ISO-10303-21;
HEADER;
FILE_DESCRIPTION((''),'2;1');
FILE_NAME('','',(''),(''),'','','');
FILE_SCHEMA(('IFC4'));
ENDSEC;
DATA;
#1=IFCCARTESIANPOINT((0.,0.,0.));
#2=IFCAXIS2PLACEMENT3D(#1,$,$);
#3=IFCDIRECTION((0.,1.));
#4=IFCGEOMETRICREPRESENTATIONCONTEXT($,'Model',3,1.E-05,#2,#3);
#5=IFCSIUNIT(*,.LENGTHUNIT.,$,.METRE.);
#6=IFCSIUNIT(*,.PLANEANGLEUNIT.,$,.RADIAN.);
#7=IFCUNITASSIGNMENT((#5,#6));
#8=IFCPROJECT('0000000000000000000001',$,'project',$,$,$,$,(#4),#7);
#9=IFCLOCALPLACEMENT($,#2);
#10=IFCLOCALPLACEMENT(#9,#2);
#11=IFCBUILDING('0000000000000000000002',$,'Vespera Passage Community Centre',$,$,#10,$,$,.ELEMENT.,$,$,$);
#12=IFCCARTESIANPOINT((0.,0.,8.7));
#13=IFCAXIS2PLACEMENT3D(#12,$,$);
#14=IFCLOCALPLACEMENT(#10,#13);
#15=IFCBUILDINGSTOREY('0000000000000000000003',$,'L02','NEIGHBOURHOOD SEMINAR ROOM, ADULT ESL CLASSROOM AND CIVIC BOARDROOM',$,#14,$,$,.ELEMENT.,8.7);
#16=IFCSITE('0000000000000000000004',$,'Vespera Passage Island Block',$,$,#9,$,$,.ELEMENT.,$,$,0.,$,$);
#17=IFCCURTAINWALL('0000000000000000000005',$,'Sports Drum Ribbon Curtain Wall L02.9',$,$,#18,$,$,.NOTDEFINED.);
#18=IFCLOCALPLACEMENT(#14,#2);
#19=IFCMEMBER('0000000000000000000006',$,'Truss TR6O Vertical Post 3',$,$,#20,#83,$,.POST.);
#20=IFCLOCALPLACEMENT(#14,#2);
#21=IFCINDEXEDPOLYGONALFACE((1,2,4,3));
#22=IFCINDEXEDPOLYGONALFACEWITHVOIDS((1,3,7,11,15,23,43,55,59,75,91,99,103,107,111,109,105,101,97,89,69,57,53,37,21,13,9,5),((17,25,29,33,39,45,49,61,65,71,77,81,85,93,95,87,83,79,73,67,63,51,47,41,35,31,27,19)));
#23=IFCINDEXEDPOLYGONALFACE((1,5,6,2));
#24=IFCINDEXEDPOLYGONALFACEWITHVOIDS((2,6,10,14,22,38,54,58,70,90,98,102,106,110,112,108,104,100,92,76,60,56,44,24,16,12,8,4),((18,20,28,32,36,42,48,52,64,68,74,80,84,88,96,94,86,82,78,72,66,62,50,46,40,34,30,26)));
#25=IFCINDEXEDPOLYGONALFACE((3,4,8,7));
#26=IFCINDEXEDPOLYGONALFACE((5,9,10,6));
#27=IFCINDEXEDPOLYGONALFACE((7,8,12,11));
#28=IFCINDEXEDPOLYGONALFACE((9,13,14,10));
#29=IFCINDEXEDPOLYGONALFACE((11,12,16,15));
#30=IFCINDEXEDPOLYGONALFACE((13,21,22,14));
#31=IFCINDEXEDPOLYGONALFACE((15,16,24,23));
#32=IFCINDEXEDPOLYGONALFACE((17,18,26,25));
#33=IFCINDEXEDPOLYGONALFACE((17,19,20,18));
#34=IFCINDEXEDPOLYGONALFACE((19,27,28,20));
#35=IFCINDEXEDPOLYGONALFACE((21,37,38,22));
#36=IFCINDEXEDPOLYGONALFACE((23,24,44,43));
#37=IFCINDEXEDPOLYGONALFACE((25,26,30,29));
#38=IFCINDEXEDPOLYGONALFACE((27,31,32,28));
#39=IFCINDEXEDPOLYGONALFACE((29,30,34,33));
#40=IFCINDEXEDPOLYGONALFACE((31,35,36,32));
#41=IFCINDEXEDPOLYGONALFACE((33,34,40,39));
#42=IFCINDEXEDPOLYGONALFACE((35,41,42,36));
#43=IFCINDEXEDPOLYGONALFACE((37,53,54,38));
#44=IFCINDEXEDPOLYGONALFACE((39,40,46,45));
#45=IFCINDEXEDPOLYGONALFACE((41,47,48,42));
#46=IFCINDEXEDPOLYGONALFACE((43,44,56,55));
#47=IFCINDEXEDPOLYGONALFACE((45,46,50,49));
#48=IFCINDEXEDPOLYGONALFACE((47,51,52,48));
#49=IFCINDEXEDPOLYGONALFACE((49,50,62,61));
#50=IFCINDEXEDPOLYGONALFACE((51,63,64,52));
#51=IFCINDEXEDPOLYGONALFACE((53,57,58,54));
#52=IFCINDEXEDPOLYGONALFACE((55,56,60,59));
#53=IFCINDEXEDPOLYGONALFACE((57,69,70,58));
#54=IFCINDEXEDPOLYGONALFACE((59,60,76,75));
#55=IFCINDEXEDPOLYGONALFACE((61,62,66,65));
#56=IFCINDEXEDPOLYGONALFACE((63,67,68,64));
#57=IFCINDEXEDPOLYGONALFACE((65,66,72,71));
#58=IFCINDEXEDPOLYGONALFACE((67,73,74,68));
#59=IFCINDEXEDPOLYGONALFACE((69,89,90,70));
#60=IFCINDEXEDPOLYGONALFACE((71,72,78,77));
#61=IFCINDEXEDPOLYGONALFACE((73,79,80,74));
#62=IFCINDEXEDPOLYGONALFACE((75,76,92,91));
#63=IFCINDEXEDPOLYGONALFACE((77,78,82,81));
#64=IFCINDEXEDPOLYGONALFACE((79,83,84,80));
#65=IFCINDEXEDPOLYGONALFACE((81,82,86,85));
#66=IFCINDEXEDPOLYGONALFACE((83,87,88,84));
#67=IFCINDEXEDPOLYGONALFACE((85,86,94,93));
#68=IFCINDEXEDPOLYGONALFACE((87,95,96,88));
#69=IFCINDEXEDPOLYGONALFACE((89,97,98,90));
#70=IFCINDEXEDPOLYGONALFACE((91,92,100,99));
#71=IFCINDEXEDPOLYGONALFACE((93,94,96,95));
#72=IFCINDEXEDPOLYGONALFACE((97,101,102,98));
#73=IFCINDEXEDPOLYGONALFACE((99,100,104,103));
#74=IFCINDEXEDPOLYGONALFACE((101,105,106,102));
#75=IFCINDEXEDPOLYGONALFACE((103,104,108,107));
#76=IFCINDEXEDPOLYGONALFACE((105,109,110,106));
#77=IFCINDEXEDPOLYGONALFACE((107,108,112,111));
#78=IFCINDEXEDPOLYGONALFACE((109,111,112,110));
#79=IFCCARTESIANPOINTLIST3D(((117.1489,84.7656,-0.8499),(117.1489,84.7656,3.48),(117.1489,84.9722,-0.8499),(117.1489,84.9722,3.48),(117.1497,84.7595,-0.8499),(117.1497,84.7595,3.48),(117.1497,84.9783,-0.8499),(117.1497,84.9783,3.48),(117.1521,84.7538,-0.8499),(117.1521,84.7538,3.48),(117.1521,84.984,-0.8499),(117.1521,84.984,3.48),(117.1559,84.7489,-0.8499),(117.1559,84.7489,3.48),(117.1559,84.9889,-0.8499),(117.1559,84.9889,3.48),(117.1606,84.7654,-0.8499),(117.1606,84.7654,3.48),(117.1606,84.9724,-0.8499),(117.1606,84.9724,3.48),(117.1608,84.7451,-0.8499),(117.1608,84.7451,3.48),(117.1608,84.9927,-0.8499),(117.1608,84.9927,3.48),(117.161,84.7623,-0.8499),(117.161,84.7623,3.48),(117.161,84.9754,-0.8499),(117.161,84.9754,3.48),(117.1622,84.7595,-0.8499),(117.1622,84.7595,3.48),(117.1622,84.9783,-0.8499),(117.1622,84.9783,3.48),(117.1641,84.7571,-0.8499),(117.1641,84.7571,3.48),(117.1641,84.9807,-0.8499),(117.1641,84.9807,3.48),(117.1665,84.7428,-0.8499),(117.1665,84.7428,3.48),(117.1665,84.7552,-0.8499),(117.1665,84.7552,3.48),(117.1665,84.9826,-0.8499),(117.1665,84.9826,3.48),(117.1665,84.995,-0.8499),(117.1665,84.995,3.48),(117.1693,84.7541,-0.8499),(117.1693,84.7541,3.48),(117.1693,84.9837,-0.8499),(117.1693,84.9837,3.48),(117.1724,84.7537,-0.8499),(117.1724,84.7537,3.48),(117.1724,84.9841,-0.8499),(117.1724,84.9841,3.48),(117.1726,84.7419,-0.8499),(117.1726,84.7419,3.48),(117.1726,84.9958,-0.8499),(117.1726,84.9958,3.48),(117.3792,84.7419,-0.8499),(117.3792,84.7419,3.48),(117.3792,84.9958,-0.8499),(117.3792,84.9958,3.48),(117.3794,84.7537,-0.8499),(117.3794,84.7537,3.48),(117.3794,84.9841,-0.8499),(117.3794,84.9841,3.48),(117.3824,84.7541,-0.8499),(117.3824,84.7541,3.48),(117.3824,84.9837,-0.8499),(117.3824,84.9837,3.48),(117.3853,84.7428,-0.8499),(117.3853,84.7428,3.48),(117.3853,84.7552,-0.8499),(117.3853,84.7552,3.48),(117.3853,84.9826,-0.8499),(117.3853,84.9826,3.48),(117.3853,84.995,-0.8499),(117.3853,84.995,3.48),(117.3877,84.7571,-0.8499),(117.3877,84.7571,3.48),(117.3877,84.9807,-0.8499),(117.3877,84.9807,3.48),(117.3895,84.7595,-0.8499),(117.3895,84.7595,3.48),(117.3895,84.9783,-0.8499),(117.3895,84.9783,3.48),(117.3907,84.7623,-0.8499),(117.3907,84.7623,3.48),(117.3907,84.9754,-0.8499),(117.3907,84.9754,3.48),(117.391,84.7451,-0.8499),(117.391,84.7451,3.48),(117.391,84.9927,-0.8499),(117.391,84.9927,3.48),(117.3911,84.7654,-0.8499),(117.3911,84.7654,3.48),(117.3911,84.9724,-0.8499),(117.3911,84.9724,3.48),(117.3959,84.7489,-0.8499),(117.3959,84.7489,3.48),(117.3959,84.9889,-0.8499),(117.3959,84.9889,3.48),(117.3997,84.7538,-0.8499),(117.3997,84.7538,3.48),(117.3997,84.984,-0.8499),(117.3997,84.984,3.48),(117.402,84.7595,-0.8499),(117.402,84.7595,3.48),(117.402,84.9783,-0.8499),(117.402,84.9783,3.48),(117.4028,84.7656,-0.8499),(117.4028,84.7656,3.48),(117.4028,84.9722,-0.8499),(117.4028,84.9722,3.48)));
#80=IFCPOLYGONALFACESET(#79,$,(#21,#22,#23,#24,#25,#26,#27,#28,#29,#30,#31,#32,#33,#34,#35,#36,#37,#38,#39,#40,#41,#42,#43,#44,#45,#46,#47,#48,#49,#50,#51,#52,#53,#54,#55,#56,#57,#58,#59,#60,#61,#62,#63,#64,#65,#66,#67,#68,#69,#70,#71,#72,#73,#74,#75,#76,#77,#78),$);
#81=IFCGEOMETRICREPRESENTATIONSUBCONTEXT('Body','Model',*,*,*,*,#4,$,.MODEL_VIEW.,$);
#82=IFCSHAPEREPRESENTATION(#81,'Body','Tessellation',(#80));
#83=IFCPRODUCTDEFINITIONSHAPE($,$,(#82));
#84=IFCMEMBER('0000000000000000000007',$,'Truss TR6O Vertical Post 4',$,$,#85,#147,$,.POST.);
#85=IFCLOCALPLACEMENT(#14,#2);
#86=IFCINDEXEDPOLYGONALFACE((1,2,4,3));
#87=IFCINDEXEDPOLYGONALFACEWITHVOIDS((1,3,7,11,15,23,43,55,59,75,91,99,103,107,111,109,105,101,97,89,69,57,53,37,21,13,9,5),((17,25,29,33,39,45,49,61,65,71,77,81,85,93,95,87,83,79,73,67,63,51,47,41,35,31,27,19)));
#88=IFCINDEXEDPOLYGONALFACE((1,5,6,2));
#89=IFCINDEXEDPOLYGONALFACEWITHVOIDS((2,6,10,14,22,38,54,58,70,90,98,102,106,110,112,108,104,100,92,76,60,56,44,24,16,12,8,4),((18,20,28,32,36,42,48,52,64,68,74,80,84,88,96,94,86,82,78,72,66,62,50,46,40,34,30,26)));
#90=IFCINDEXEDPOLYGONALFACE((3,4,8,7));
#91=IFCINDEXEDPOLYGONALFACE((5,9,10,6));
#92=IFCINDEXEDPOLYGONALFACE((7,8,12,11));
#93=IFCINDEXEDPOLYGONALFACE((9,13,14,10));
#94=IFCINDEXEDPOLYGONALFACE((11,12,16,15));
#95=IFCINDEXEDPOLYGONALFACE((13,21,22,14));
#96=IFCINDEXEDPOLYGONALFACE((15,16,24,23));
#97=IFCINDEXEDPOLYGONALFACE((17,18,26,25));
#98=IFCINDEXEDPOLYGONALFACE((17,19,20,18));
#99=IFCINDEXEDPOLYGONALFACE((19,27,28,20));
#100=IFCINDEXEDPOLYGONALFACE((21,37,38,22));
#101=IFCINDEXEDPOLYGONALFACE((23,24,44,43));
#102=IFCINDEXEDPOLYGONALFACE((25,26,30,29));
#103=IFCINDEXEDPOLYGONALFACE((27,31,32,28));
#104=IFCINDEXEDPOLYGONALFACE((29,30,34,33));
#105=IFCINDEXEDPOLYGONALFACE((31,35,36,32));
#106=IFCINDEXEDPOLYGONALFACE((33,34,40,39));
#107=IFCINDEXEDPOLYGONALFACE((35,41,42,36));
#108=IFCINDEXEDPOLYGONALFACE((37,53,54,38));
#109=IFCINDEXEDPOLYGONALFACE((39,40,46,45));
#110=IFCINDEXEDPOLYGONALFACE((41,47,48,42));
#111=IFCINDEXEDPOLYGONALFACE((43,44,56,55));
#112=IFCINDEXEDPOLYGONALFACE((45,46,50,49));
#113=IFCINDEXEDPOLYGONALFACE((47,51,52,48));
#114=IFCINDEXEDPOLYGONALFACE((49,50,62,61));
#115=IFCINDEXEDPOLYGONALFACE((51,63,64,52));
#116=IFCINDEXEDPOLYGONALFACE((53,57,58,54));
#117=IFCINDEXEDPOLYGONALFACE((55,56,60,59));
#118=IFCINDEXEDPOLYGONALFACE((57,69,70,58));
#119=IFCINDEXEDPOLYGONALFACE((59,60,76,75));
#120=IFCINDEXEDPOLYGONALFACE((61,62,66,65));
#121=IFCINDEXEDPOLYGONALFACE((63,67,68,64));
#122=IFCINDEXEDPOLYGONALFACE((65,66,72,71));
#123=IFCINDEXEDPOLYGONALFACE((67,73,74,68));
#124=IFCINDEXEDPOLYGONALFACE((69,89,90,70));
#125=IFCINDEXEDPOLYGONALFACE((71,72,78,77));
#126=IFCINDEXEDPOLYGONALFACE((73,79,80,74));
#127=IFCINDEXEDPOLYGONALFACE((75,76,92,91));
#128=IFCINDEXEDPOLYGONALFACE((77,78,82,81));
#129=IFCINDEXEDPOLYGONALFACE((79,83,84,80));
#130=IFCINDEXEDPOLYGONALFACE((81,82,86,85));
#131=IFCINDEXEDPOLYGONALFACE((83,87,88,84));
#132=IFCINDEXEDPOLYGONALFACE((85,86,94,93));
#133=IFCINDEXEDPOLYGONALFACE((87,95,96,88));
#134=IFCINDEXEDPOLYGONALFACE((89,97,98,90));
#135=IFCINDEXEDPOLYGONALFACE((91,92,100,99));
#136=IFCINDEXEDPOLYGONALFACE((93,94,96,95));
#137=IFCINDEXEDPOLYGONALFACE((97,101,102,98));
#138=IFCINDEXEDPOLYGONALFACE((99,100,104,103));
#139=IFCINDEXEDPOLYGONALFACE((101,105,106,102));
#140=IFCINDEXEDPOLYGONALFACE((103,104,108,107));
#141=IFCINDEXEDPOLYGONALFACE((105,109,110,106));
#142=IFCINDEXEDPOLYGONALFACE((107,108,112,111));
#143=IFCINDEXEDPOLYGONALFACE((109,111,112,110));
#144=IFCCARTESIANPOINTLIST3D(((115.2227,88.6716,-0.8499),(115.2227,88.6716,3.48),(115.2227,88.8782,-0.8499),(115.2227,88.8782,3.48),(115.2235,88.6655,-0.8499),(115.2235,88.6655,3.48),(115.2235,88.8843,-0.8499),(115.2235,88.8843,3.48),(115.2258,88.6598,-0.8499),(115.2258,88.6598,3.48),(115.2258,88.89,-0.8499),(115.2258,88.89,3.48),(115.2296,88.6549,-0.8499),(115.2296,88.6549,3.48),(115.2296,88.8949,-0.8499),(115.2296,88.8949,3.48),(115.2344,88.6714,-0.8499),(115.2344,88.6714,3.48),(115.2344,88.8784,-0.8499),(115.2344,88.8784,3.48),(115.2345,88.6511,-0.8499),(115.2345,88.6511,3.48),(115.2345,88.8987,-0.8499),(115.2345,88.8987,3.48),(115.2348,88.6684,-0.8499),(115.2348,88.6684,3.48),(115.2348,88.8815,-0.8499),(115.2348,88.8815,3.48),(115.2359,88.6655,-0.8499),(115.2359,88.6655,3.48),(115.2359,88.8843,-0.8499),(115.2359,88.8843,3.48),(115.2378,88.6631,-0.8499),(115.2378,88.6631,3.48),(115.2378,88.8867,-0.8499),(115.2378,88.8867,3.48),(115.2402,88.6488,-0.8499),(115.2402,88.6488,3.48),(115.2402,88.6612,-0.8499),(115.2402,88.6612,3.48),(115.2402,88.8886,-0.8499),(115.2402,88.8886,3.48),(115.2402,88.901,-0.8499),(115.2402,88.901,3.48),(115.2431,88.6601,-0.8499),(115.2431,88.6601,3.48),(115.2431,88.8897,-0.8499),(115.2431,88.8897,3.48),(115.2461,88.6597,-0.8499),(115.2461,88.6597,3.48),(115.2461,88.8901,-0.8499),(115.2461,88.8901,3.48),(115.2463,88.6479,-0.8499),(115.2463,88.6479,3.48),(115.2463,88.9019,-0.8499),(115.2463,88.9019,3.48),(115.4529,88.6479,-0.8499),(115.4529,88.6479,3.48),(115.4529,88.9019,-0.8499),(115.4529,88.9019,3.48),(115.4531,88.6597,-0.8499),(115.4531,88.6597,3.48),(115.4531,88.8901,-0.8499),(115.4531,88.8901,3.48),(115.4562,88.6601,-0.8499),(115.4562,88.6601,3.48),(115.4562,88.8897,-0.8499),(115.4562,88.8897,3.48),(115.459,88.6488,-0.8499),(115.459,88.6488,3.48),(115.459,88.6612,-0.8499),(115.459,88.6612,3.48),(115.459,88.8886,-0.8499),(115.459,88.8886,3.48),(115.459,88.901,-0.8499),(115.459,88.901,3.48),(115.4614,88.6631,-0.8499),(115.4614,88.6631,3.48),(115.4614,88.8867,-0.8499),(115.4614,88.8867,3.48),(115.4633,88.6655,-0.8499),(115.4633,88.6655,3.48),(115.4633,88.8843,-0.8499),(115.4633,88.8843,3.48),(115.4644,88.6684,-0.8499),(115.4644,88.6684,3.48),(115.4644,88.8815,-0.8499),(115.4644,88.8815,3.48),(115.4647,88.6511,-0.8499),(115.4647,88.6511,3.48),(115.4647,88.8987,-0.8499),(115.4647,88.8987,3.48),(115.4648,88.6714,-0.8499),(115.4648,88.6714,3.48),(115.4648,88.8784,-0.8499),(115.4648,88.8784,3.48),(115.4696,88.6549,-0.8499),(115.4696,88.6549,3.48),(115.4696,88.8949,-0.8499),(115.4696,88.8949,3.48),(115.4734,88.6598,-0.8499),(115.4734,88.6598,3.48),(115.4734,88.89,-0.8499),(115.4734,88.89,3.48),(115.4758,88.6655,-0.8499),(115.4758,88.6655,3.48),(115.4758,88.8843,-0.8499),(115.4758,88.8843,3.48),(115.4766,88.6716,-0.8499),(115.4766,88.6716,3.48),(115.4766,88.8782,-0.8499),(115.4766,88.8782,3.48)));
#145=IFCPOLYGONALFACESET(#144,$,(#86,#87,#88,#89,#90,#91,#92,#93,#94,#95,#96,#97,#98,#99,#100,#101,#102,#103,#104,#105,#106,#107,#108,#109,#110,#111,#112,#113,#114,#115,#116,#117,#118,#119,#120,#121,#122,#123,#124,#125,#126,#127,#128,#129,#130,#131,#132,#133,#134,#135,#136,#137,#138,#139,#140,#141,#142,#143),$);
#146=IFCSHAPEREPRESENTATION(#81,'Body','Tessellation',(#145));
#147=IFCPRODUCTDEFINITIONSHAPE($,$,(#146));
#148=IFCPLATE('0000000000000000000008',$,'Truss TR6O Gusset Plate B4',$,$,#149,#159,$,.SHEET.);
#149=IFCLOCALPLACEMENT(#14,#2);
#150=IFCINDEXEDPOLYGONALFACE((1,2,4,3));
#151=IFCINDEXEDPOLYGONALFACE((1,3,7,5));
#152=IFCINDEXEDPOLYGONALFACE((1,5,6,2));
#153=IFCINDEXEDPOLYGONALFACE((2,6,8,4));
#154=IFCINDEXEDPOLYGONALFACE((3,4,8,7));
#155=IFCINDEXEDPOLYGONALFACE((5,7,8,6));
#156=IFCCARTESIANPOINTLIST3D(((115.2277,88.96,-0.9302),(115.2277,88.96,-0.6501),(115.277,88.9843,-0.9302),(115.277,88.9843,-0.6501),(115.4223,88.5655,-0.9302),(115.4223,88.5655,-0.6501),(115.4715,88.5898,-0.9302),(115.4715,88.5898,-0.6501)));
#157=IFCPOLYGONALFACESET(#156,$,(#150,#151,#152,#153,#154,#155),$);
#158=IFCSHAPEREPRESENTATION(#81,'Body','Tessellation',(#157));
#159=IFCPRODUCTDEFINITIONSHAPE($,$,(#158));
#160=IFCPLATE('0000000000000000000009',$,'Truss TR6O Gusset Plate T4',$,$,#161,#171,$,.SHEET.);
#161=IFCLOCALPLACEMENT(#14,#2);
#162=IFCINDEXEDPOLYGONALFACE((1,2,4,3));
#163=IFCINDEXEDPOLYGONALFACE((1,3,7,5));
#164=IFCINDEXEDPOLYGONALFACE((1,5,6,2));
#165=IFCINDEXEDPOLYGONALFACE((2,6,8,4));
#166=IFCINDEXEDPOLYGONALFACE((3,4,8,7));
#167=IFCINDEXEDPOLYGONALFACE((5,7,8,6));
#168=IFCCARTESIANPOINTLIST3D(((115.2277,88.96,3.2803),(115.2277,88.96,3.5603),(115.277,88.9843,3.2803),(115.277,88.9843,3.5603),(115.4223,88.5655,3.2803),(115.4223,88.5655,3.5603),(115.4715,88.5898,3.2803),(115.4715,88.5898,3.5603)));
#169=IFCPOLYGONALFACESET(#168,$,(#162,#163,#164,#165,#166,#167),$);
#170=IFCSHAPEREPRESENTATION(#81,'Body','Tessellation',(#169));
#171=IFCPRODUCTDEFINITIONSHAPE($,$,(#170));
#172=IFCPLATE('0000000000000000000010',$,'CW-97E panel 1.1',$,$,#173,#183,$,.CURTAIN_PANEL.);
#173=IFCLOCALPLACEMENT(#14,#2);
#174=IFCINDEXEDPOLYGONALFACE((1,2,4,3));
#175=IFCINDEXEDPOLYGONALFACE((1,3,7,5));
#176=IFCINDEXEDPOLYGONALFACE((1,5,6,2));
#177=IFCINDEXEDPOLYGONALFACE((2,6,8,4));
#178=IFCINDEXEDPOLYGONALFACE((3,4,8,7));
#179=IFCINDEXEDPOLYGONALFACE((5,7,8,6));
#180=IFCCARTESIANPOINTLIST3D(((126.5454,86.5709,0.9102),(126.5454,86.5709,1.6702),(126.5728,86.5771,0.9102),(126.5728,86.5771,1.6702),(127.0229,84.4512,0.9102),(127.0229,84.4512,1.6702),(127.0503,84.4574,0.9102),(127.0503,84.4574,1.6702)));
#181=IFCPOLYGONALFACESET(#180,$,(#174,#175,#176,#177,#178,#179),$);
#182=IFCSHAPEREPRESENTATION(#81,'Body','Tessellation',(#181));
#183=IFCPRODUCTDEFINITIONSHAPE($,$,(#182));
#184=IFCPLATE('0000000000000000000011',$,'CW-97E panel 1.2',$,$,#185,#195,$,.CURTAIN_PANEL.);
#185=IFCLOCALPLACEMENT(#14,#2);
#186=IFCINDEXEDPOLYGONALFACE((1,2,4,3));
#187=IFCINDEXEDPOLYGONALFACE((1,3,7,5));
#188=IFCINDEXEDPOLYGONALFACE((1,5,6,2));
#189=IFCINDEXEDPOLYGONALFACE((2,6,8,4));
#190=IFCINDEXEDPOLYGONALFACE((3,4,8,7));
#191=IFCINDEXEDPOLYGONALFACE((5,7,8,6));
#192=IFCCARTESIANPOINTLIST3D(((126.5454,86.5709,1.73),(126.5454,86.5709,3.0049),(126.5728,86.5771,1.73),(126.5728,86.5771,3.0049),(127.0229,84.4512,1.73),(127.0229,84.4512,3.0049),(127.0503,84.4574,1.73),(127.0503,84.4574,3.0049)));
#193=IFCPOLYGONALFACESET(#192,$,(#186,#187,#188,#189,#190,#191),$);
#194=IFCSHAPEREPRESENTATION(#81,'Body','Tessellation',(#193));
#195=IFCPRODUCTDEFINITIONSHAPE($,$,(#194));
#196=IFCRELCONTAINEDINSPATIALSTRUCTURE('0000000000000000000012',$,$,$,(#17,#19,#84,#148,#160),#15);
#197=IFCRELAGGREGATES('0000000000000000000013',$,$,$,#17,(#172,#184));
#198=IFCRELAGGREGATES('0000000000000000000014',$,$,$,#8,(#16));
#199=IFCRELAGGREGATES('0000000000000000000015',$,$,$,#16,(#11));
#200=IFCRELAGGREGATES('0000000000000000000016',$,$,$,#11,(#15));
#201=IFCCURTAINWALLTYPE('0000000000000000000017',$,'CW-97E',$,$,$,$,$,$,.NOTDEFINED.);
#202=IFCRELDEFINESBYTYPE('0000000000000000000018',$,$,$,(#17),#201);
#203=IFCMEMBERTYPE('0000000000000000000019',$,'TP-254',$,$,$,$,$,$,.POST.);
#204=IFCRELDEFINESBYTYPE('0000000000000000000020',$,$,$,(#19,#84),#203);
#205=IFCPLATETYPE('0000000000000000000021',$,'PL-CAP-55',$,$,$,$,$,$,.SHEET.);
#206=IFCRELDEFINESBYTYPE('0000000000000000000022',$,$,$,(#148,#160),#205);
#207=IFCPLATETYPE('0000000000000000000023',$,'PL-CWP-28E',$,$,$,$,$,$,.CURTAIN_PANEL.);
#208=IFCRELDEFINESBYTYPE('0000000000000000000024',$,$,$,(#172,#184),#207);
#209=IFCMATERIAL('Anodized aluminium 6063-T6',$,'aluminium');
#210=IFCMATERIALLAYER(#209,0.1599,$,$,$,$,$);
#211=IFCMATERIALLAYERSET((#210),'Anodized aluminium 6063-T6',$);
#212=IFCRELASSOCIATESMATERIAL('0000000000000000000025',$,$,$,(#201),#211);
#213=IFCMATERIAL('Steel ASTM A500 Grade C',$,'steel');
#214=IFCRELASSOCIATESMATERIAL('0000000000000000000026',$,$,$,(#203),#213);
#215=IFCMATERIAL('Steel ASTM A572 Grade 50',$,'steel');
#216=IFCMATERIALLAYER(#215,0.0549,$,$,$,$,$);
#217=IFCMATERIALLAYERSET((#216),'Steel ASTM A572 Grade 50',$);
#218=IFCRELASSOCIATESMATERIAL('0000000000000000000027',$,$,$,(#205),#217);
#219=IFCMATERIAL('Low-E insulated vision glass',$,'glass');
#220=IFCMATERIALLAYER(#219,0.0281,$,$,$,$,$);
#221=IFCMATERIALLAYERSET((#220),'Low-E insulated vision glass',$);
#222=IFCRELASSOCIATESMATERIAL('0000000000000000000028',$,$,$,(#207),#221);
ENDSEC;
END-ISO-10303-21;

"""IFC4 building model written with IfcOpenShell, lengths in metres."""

from ifc_helpers import new_model, si_unit, direction, frame, origin, origin_2d, place, context, subcontext, project, spatial, rectangle, hollow_rectangle, extrude, material, layer, layer_set, material_profile, profile_set, type_object, element, aggregate, save


model = new_model("IFC4")

# Units and contexts
model_context = context("Model", 3, precision=1e-05, world=origin(), true_north=direction((0.0, 1.0)))
body_context = subcontext(model_context, "Body", "Model", "MODEL_VIEW")
ifc_project = project(units=[si_unit("LENGTHUNIT", "METRE"), si_unit("PLANEANGLEUNIT", "RADIAN")], contexts=[model_context])

# Site, building, storey
site_placement = place(None, origin())
site = spatial("IfcSite", under=ifc_project, at=site_placement, Name="Vespera Passage Island Block", CompositionType="ELEMENT", RefElevation=0.0)
building_placement = place(site_placement, origin())
building = spatial("IfcBuilding", under=site, at=building_placement, Name="Vespera Passage Community Centre", CompositionType="ELEMENT")
storey_placement = place(building_placement, frame((0.0, 0.0, 8.7)))
storey = spatial("IfcBuildingStorey", under=building, at=storey_placement, Name="L02", Description="NEIGHBOURHOOD SEMINAR ROOM, ADULT ESL CLASSROOM AND CIVIC BOARDROOM", CompositionType="ELEMENT", Elevation=8.7)

# Curtain wall
ifc_material_1 = material(Name="Anodized aluminium 6063-T6", Category="aluminium")
ifc_layer_1 = layer(ifc_material_1, 0.1599)
ifc_layer_set_1 = layer_set([ifc_layer_1], Name="Anodized aluminium 6063-T6")
curtain_wall_type = type_object("IfcCurtainWallType", Name="CW-97E", PredefinedType="NOTDEFINED", material=ifc_layer_set_1)
curtain_wall_placement = place(storey_placement, origin())
curtain_wall = element("IfcCurtainWall", 1, at=curtain_wall_placement, inside=storey, type_object=curtain_wall_type, Name="Sports Drum Ribbon Curtain Wall L02.9", PredefinedType="NOTDEFINED")

# Members
ifc_material_2 = material(Name="Steel ASTM A500 Grade C", Category="steel")
ifc_material_profile_1 = material_profile(ifc_material_2, hollow_rectangle(XDim=0.2539, YDim=0.2539, WallThickness=0.0117, InnerFilletRadius=0.0117, OuterFilletRadius=0.0237, at=origin_2d()), Name="HSS254X254X12.7")
ifc_profile_set_1 = profile_set([ifc_material_profile_1], Name="Steel ASTM A500 Grade C")
member_type_1 = type_object("IfcMemberType", Name="TP-254", PredefinedType="POST", material=ifc_profile_set_1)
for number, where, z_axis, x_axis, name in (
    (2, (117.2759, 84.8689, -0.8499), (0.0, 0.0, 1.0), (1.0, 0.0, 0.0), "Truss TR6O Vertical Post 3"),
    (3, (115.3496, 88.7749, -0.8499), (0.0, 0.0, 1.0), (1.0, 0.0, 0.0), "Truss TR6O Vertical Post 4"),
):
    element("IfcMember", number, at=place(storey_placement, frame(where, z_axis=z_axis, x_axis=x_axis)), inside=storey, type_object=member_type_1, Name=name, PredefinedType="POST", context=body_context, shape_type="SweptSolid", body=[
        extrude(hollow_rectangle(XDim=0.2539, YDim=0.2539, WallThickness=0.0117, InnerFilletRadius=0.0117, OuterFilletRadius=0.0237, at=origin_2d()), origin(), (0.0, 0.0, 1.0), 4.3298),
    ])

# Plates
ifc_material_3 = material(Name="Steel ASTM A572 Grade 50", Category="steel")
ifc_layer_2 = layer(ifc_material_3, 0.0549)
ifc_layer_set_2 = layer_set([ifc_layer_2], Name="Steel ASTM A572 Grade 50")
plate_type_1 = type_object("IfcPlateType", Name="PL-CAP-55", PredefinedType="SHEET", material=ifc_layer_set_2)
for number, where, z_axis, x_axis, name in (
    (4, (115.3496, 88.7749, -0.9302), (0.0, 0.0, 1.0), (-0.442289, 0.896873, 0.0), "Truss TR6O Gusset Plate B4"),
    (5, (115.3496, 88.7749, 3.2803), (0.0, 0.0, 1.0), (-0.442289, 0.896873, 0.0), "Truss TR6O Gusset Plate T4"),
):
    element("IfcPlate", number, at=place(storey_placement, frame(where, z_axis=z_axis, x_axis=x_axis)), inside=storey, type_object=plate_type_1, Name=name, PredefinedType="SHEET", context=body_context, shape_type="SweptSolid", body=[
        extrude(rectangle(XDim=0.4399, YDim=0.0549, at=origin_2d()), origin(), (0.0, 0.0, 1.0), 0.28),
    ])

# Plates
ifc_material_4 = material(Name="Low-E insulated vision glass", Category="glass")
ifc_layer_3 = layer(ifc_material_4, 0.0281)
ifc_layer_set_3 = layer_set([ifc_layer_3], Name="Low-E insulated vision glass")
plate_type_2 = type_object("IfcPlateType", Name="PL-CWP-28E", PredefinedType="CURTAIN_PANEL", material=ifc_layer_set_3)
plate_1_placement = place(storey_placement, frame((126.7979, 85.5142, 0.9102), z_axis=(0.0, 0.0, 1.0), x_axis=(-0.219763, 0.975553, 0.0)))
plate_1 = element("IfcPlate", 6, at=plate_1_placement, type_object=plate_type_2, Name="CW-97E panel 1.1", PredefinedType="CURTAIN_PANEL", context=body_context, shape_type="SweptSolid", body=[
    extrude(rectangle(XDim=2.1729, YDim=0.0281, at=origin_2d()), origin(), (0.0, 0.0, 1.0), 0.76),
])
plate_2_placement = place(storey_placement, frame((126.7979, 85.5142, 1.73), z_axis=(0.0, 0.0, 1.0), x_axis=(-0.219763, 0.975553, 0.0)))
plate_2 = element("IfcPlate", 7, at=plate_2_placement, type_object=plate_type_2, Name="CW-97E panel 1.2", PredefinedType="CURTAIN_PANEL", context=body_context, shape_type="SweptSolid", body=[
    extrude(rectangle(XDim=2.1729, YDim=0.0281, at=origin_2d()), origin(), (0.0, 0.0, 1.0), 1.2749),
])
aggregate(curtain_wall, [plate_1, plate_2])

save(model, "model.ifc")
